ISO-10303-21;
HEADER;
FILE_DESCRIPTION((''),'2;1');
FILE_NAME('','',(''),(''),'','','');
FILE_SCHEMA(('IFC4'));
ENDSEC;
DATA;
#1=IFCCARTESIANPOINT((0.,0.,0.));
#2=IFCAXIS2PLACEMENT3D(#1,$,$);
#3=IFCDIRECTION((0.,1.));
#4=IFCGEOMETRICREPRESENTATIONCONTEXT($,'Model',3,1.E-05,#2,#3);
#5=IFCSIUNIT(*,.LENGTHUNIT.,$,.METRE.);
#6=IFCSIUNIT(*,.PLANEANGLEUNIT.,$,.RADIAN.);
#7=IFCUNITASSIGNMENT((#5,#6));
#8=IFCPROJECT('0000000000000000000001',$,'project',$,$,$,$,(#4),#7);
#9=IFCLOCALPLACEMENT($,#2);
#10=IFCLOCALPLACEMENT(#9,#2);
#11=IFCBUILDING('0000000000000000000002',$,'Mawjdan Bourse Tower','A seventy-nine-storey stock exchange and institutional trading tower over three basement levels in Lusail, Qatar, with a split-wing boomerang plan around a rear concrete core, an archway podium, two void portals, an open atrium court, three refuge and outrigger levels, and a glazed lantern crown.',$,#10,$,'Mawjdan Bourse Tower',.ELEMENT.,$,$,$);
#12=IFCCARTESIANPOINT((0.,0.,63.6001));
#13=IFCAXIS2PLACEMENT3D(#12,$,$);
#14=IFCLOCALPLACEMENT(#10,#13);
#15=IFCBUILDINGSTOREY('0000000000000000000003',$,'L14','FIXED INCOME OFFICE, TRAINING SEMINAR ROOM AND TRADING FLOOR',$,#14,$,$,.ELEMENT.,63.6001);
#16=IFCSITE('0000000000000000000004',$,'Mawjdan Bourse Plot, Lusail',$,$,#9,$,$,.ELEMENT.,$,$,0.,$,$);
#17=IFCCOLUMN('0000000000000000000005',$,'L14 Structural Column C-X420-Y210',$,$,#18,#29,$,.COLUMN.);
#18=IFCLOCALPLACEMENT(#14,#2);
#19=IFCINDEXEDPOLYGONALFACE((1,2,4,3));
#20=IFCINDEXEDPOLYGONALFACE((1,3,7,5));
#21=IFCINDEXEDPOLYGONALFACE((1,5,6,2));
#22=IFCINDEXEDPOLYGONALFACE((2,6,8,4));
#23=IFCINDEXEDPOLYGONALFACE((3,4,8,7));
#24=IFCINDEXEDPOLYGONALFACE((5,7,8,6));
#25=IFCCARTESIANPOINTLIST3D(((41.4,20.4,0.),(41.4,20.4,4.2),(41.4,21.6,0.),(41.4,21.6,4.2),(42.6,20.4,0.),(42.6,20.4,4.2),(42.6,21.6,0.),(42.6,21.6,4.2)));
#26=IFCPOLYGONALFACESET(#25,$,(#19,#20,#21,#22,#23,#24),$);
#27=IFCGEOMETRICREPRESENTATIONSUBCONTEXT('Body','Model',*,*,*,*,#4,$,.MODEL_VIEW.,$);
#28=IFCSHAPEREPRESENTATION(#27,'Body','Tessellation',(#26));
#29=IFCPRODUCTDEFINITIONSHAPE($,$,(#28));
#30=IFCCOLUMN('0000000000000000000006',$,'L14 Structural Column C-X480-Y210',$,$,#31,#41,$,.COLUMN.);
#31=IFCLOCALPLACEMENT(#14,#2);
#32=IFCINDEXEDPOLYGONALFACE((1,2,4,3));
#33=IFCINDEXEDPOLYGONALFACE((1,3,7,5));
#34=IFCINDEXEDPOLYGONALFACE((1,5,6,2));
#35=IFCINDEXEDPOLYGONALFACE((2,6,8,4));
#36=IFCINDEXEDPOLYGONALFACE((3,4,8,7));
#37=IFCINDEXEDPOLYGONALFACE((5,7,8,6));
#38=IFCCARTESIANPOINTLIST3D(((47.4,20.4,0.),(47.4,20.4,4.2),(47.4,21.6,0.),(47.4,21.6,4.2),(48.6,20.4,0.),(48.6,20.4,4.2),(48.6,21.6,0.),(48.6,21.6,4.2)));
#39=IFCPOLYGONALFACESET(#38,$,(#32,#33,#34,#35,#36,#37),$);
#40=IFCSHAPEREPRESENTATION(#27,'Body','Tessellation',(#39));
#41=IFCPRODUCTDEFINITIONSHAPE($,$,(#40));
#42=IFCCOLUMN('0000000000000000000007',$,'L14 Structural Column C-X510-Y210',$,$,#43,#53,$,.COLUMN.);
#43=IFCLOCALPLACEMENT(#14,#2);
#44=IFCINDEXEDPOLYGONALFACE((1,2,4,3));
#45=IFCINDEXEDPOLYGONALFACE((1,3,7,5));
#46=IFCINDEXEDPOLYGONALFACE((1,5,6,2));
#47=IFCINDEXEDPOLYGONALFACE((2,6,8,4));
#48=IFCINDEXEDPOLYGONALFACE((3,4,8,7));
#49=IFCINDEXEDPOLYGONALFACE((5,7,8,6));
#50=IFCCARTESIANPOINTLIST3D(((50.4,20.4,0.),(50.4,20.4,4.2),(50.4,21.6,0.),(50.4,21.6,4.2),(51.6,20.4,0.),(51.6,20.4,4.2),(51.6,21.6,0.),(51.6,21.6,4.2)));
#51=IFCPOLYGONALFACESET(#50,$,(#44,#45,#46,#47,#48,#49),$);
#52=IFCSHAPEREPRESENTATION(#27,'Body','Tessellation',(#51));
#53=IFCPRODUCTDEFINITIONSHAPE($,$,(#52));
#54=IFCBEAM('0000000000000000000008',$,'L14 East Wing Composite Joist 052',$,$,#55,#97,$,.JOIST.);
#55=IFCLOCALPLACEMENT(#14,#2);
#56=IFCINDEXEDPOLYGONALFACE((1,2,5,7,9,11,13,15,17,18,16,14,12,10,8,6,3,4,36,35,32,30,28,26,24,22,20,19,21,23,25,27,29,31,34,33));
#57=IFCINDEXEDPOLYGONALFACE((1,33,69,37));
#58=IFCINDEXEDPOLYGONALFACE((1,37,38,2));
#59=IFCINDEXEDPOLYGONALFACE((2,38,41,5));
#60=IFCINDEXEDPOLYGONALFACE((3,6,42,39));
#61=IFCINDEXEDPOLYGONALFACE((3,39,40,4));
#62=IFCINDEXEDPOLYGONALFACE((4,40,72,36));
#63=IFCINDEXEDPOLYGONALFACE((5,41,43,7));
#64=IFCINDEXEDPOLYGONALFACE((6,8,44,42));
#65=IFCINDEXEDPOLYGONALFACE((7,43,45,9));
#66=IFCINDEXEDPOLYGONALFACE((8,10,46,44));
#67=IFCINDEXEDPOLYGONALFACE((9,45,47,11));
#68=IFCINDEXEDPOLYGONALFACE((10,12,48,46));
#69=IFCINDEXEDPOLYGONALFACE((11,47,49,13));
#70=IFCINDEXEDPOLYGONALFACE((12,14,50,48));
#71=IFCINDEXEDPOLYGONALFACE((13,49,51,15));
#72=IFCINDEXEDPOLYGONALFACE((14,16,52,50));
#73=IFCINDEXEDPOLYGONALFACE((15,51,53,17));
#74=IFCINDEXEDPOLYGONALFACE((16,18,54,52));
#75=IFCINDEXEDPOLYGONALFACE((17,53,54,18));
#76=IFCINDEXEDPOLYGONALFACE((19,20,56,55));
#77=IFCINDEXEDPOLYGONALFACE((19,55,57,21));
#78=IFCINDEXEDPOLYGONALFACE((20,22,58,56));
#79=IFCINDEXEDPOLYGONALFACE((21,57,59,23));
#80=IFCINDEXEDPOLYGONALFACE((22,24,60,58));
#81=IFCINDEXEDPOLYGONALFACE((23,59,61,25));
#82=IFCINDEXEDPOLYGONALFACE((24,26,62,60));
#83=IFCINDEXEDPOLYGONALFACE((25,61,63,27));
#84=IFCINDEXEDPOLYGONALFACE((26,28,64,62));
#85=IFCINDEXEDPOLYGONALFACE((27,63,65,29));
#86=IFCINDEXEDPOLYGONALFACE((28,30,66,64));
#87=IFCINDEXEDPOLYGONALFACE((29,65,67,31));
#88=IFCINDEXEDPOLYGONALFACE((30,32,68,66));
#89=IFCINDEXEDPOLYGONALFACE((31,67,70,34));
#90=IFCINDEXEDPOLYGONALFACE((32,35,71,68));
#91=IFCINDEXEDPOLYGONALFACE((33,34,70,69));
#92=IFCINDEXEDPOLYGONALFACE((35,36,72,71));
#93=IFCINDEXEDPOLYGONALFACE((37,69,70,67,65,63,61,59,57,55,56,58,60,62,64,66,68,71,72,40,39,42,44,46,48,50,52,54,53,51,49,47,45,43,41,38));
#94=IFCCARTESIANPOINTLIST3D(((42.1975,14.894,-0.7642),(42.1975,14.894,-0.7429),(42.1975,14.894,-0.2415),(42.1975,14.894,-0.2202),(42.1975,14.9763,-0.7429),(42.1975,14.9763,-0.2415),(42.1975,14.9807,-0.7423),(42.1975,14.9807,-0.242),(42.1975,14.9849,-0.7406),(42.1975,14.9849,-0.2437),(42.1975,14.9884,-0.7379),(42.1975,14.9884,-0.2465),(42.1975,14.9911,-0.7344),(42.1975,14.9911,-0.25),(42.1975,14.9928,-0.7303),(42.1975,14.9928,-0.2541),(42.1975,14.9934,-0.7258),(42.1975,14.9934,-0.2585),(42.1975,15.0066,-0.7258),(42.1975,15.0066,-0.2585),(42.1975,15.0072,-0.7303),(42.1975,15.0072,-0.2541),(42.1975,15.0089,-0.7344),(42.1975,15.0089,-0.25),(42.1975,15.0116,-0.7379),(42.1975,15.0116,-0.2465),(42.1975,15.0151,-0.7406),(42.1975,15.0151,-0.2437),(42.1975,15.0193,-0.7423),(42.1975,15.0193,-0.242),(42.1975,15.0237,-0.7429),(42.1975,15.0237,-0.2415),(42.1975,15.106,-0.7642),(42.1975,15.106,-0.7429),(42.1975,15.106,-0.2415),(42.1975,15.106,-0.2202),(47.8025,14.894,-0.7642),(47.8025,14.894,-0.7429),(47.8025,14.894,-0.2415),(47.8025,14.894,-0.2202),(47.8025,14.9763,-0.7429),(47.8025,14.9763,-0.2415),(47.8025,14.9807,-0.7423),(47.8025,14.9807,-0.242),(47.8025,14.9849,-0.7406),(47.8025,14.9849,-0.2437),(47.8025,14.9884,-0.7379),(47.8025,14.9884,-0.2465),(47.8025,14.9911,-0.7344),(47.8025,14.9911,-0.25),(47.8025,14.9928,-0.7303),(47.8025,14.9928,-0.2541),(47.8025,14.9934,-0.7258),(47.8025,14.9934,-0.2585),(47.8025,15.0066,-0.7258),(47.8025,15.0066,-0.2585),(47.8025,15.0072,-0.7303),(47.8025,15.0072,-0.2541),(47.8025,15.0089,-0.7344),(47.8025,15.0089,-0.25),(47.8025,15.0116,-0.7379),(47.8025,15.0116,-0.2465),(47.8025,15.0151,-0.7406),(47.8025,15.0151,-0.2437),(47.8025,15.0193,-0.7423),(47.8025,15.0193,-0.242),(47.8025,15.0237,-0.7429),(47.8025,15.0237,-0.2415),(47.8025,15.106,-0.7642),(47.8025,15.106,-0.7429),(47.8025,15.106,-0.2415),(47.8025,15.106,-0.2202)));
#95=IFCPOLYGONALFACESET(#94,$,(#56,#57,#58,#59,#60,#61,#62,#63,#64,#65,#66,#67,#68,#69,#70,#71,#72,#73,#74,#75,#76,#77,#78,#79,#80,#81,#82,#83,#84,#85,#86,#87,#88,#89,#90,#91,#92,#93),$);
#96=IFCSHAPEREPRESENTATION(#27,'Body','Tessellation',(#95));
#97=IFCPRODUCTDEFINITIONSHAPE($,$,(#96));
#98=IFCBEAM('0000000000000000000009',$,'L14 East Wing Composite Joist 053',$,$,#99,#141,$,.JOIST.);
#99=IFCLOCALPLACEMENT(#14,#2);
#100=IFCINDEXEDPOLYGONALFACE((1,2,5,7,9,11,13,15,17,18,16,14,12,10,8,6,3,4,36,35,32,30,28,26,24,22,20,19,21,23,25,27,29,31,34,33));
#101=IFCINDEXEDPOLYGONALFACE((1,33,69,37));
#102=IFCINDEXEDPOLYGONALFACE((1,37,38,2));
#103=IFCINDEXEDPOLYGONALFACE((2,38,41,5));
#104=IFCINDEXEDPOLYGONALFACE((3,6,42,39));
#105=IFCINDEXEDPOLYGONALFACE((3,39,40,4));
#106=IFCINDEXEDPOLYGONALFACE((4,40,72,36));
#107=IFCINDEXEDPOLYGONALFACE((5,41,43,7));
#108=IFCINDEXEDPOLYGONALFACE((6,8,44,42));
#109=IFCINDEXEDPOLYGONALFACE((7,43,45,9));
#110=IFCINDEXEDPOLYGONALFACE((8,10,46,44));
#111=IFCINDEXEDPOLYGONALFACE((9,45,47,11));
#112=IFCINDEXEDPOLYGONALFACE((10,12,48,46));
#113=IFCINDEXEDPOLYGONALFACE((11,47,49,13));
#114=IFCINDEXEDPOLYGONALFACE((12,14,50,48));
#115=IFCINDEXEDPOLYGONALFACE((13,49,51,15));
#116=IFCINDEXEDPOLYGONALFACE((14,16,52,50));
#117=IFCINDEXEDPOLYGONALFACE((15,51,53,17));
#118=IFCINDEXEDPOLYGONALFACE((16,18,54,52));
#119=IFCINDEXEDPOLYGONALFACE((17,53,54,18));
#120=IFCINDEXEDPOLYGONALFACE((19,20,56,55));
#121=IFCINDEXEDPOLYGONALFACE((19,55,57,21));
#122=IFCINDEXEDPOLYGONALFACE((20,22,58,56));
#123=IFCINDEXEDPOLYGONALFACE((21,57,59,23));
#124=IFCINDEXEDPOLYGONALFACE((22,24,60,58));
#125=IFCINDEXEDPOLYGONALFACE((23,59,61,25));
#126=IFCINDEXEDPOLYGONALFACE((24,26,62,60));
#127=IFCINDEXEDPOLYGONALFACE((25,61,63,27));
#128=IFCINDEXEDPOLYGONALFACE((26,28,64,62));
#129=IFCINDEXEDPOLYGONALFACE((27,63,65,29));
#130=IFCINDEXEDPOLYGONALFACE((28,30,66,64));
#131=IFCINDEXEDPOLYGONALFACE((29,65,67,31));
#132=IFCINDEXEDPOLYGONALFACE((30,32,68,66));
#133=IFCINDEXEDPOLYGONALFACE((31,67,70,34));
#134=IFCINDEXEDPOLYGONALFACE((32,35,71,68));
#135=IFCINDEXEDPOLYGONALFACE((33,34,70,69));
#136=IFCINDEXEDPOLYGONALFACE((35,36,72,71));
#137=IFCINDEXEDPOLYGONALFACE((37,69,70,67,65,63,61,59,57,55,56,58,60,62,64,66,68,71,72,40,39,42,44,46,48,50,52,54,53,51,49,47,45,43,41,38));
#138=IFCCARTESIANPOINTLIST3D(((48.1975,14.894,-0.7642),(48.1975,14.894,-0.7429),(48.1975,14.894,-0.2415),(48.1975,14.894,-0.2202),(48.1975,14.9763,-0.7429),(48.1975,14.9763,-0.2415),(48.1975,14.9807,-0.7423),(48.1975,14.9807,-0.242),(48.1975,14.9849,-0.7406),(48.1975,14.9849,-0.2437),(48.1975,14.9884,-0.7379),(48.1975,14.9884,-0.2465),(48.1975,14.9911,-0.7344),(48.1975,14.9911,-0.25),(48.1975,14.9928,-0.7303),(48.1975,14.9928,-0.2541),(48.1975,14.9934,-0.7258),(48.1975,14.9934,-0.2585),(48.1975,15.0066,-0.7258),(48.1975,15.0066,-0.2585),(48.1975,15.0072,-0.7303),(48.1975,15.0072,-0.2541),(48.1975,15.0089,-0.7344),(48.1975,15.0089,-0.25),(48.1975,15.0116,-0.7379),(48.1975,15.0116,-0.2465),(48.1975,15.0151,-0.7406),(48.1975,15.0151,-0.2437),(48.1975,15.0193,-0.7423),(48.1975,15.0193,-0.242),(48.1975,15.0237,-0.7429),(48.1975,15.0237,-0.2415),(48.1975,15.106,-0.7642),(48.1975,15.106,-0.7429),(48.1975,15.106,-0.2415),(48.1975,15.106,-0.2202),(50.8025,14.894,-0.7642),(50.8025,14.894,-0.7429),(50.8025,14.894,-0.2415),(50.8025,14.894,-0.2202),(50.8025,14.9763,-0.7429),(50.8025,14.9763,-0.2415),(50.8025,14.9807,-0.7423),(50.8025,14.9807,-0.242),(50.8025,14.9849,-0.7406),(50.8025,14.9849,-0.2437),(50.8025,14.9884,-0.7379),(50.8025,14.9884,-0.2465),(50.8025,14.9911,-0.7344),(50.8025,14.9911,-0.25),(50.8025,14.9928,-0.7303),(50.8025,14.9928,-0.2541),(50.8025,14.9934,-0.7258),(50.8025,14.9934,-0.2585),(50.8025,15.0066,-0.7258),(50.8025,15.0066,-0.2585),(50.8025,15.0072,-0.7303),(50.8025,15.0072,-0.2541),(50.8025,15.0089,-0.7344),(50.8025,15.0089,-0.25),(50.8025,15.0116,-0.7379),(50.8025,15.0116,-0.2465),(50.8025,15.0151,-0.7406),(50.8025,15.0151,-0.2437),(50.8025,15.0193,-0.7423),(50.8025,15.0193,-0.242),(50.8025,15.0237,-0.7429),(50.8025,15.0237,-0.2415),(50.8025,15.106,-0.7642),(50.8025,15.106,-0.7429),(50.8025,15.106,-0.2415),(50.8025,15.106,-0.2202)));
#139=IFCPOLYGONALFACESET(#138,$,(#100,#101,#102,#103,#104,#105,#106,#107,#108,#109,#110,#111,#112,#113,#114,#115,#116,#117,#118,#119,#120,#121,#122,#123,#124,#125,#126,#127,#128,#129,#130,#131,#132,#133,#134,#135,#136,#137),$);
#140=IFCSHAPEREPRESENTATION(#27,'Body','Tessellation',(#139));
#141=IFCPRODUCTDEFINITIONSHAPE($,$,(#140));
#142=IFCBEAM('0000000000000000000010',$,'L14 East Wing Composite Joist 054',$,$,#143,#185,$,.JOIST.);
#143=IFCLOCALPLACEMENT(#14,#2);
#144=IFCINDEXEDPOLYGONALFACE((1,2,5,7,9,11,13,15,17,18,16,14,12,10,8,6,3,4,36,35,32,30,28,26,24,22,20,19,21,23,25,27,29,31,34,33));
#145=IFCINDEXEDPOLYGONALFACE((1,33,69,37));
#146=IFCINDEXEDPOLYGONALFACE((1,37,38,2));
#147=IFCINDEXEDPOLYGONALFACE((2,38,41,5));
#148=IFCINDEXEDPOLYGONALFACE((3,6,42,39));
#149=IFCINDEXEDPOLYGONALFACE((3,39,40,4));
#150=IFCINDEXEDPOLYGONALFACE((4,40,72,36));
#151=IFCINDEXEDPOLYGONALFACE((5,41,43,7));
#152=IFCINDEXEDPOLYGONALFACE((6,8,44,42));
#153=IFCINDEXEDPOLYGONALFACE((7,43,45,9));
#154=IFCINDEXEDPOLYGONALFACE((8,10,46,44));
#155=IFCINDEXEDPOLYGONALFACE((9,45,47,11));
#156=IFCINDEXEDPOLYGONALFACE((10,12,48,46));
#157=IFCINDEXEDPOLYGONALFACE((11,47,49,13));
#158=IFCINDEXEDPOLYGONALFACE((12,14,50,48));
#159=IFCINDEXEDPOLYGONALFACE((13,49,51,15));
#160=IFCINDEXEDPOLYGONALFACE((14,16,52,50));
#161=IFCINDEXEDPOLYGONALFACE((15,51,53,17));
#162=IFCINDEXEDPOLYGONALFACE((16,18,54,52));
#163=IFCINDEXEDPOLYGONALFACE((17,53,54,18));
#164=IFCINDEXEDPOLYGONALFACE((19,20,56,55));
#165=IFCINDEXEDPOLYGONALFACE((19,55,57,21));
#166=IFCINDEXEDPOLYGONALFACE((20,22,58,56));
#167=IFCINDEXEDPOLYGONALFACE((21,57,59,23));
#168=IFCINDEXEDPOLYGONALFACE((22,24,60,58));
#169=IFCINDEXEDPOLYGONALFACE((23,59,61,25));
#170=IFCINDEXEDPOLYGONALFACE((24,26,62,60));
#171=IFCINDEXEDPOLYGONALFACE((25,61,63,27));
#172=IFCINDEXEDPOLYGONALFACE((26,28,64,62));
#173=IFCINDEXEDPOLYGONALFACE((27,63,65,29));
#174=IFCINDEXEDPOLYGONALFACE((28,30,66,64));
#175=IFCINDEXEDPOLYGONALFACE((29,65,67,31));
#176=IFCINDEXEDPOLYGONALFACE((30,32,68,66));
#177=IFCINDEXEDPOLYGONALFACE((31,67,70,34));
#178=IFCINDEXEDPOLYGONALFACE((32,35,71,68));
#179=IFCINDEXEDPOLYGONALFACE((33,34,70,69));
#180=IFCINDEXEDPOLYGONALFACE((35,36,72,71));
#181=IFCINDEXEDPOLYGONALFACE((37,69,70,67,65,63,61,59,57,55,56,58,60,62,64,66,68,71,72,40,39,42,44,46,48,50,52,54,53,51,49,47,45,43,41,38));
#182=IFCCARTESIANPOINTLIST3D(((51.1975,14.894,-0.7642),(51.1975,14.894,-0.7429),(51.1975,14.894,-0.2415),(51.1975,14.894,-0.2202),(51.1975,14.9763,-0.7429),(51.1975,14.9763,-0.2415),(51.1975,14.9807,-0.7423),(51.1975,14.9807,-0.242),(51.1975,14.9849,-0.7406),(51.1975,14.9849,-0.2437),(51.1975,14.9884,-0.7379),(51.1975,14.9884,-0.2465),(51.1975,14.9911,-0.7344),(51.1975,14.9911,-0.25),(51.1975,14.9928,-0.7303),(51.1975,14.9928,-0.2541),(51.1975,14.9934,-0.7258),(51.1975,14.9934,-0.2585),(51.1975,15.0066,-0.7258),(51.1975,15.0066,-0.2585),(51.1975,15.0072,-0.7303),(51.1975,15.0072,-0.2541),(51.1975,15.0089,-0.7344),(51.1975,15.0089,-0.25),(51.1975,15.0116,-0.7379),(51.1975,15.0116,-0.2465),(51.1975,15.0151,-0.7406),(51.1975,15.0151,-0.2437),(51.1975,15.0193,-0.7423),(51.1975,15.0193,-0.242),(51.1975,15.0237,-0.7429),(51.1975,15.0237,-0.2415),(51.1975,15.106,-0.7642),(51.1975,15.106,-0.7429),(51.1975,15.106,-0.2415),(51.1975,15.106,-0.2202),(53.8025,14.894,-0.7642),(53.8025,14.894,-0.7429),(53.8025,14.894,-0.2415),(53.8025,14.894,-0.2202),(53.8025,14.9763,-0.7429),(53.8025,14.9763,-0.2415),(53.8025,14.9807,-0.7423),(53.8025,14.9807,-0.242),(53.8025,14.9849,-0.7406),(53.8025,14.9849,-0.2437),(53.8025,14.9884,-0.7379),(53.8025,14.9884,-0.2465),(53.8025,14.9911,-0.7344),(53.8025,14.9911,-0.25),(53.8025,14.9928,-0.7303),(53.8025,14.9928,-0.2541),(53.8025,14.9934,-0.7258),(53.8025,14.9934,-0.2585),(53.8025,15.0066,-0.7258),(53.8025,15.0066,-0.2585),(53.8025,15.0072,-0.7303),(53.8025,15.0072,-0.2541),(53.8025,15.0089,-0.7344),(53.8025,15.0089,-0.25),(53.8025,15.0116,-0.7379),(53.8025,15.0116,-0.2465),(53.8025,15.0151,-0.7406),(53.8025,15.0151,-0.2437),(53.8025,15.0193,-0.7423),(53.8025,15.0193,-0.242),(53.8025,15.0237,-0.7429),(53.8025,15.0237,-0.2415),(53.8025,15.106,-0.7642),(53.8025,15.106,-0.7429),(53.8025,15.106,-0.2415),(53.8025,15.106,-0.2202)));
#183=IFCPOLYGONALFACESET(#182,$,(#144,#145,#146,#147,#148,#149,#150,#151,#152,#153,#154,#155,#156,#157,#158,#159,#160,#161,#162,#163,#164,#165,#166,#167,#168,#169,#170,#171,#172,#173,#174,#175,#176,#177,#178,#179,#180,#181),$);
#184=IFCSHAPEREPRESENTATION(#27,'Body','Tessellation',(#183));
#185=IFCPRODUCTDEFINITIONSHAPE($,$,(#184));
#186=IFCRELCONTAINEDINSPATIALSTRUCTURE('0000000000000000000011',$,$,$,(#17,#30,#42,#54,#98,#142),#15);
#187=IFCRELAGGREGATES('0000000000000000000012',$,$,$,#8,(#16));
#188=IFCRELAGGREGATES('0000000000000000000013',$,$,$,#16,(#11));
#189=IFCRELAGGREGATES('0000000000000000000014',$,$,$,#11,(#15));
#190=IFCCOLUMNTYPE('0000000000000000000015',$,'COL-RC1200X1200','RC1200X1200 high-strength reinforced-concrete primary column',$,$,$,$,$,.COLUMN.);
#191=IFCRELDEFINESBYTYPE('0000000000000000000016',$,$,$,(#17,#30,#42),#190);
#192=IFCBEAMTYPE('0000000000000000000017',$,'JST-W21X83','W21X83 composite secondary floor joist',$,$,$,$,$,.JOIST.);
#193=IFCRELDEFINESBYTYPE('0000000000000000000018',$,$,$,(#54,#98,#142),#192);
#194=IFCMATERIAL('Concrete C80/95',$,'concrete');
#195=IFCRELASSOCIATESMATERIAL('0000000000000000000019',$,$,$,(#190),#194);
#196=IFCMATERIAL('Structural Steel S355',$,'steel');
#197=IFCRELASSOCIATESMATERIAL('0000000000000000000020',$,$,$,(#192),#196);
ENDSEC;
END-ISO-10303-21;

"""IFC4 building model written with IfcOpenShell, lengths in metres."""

from ifc_helpers import new_model, si_unit, direction, frame, origin, origin_2d, place, context, subcontext, project, spatial, rectangle, i_section, extrude, material, material_profile, profile_set, type_object, element, save


model = new_model("IFC4")

# Units and contexts
model_context = context("Model", 3, precision=1e-05, world=origin(), true_north=direction((0.0, 1.0)))
body_context = subcontext(model_context, "Body", "Model", "MODEL_VIEW")
ifc_project = project(units=[si_unit("LENGTHUNIT", "METRE"), si_unit("PLANEANGLEUNIT", "RADIAN")], contexts=[model_context])

# Site, building, storey
site_placement = place(None, origin())
site = spatial("IfcSite", under=ifc_project, at=site_placement, Name="Mawjdan Bourse Plot, Lusail", CompositionType="ELEMENT", RefElevation=0.0)
building_placement = place(site_placement, origin())
building = spatial("IfcBuilding", under=site, at=building_placement, Name="Mawjdan Bourse Tower", Description="A seventy-nine-storey stock exchange and institutional trading tower over three basement levels in Lusail, Qatar, with a split-wing boomerang plan around a rear concrete core, an archway podium, two void portals, an open atrium court, three refuge and outrigger levels, and a glazed lantern crown.", LongName="Mawjdan Bourse Tower", CompositionType="ELEMENT")
storey_placement = place(building_placement, frame((0.0, 0.0, 63.6001)))
storey = spatial("IfcBuildingStorey", under=building, at=storey_placement, Name="L14", Description="FIXED INCOME OFFICE, TRAINING SEMINAR ROOM AND TRADING FLOOR", CompositionType="ELEMENT", Elevation=63.6001)

# Columns
ifc_material_1 = material(Name="Concrete C80/95", Category="concrete")
ifc_material_profile_1 = material_profile(ifc_material_1, rectangle(XDim=1.2, YDim=1.2, at=origin_2d()), Name="RC1200X1200")
ifc_profile_set_1 = profile_set([ifc_material_profile_1], Name="Concrete C80/95")
column_type = type_object("IfcColumnType", Name="COL-RC1200X1200", Description="RC1200X1200 high-strength reinforced-concrete primary column", PredefinedType="COLUMN", material=ifc_profile_set_1)
for number, where, z_axis, x_axis, name in (
    (1, (42.0, 21.0, 0.0), (0.0, 0.0, 1.0), (1.0, 0.0, 0.0), "L14 Structural Column C-X420-Y210"),
    (2, (48.0, 21.0, 0.0), (0.0, 0.0, 1.0), (1.0, 0.0, 0.0), "L14 Structural Column C-X480-Y210"),
    (3, (51.0, 21.0, 0.0), (0.0, 0.0, 1.0), (1.0, 0.0, 0.0), "L14 Structural Column C-X510-Y210"),
):
    element("IfcColumn", number, at=place(storey_placement, frame(where, z_axis=z_axis, x_axis=x_axis)), inside=storey, type_object=column_type, Name=name, PredefinedType="COLUMN", context=body_context, shape_type="SweptSolid", body=[
        extrude(rectangle(XDim=1.2, YDim=1.2, at=origin_2d()), origin(), (0.0, 0.0, 1.0), 4.2),
    ])

# Beams
ifc_material_2 = material(Name="Structural Steel S355", Category="steel")
ifc_material_profile_2 = material_profile(ifc_material_2, i_section(OverallWidth=0.2119, OverallDepth=0.5439, WebThickness=0.0132, FlangeThickness=0.0212, FilletRadius=0.0171, at=origin_2d()), Name="W21X83")
ifc_profile_set_2 = profile_set([ifc_material_profile_2], Name="Structural Steel S355")
beam_type_1 = type_object("IfcBeamType", Name="JST-W21X83", Description="W21X83 composite secondary floor joist", PredefinedType="JOIST", material=ifc_profile_set_2)
beam_1_placement = place(storey_placement, frame((42.1975, 15.0, -0.4922), z_axis=(1.0, 0.0, 0.0), x_axis=(0.0, 1.0, 0.0)))
element("IfcBeam", 4, at=beam_1_placement, inside=storey, type_object=beam_type_1, Name="L14 East Wing Composite Joist 052", PredefinedType="JOIST", context=body_context, shape_type="SweptSolid", body=[
    extrude(i_section(OverallWidth=0.2119, OverallDepth=0.5439, WebThickness=0.0132, FlangeThickness=0.0212, FilletRadius=0.0171, at=origin_2d()), origin(), (0.0, 0.0, 1.0), 5.605),
])
for number, where, z_axis, x_axis, name in (
    (5, (48.1975, 15.0, -0.4922), (1.0, 0.0, 0.0), (0.0, 1.0, 0.0), "L14 East Wing Composite Joist 053"),
    (6, (51.1975, 15.0, -0.4922), (1.0, 0.0, 0.0), (0.0, 1.0, 0.0), "L14 East Wing Composite Joist 054"),
):
    element("IfcBeam", number, at=place(storey_placement, frame(where, z_axis=z_axis, x_axis=x_axis)), inside=storey, type_object=beam_type_1, Name=name, PredefinedType="JOIST", context=body_context, shape_type="SweptSolid", body=[
        extrude(i_section(OverallWidth=0.2119, OverallDepth=0.5439, WebThickness=0.0132, FlangeThickness=0.0212, FilletRadius=0.0171, at=origin_2d()), origin(), (0.0, 0.0, 1.0), 2.605),
    ])

save(model, "model.ifc")
